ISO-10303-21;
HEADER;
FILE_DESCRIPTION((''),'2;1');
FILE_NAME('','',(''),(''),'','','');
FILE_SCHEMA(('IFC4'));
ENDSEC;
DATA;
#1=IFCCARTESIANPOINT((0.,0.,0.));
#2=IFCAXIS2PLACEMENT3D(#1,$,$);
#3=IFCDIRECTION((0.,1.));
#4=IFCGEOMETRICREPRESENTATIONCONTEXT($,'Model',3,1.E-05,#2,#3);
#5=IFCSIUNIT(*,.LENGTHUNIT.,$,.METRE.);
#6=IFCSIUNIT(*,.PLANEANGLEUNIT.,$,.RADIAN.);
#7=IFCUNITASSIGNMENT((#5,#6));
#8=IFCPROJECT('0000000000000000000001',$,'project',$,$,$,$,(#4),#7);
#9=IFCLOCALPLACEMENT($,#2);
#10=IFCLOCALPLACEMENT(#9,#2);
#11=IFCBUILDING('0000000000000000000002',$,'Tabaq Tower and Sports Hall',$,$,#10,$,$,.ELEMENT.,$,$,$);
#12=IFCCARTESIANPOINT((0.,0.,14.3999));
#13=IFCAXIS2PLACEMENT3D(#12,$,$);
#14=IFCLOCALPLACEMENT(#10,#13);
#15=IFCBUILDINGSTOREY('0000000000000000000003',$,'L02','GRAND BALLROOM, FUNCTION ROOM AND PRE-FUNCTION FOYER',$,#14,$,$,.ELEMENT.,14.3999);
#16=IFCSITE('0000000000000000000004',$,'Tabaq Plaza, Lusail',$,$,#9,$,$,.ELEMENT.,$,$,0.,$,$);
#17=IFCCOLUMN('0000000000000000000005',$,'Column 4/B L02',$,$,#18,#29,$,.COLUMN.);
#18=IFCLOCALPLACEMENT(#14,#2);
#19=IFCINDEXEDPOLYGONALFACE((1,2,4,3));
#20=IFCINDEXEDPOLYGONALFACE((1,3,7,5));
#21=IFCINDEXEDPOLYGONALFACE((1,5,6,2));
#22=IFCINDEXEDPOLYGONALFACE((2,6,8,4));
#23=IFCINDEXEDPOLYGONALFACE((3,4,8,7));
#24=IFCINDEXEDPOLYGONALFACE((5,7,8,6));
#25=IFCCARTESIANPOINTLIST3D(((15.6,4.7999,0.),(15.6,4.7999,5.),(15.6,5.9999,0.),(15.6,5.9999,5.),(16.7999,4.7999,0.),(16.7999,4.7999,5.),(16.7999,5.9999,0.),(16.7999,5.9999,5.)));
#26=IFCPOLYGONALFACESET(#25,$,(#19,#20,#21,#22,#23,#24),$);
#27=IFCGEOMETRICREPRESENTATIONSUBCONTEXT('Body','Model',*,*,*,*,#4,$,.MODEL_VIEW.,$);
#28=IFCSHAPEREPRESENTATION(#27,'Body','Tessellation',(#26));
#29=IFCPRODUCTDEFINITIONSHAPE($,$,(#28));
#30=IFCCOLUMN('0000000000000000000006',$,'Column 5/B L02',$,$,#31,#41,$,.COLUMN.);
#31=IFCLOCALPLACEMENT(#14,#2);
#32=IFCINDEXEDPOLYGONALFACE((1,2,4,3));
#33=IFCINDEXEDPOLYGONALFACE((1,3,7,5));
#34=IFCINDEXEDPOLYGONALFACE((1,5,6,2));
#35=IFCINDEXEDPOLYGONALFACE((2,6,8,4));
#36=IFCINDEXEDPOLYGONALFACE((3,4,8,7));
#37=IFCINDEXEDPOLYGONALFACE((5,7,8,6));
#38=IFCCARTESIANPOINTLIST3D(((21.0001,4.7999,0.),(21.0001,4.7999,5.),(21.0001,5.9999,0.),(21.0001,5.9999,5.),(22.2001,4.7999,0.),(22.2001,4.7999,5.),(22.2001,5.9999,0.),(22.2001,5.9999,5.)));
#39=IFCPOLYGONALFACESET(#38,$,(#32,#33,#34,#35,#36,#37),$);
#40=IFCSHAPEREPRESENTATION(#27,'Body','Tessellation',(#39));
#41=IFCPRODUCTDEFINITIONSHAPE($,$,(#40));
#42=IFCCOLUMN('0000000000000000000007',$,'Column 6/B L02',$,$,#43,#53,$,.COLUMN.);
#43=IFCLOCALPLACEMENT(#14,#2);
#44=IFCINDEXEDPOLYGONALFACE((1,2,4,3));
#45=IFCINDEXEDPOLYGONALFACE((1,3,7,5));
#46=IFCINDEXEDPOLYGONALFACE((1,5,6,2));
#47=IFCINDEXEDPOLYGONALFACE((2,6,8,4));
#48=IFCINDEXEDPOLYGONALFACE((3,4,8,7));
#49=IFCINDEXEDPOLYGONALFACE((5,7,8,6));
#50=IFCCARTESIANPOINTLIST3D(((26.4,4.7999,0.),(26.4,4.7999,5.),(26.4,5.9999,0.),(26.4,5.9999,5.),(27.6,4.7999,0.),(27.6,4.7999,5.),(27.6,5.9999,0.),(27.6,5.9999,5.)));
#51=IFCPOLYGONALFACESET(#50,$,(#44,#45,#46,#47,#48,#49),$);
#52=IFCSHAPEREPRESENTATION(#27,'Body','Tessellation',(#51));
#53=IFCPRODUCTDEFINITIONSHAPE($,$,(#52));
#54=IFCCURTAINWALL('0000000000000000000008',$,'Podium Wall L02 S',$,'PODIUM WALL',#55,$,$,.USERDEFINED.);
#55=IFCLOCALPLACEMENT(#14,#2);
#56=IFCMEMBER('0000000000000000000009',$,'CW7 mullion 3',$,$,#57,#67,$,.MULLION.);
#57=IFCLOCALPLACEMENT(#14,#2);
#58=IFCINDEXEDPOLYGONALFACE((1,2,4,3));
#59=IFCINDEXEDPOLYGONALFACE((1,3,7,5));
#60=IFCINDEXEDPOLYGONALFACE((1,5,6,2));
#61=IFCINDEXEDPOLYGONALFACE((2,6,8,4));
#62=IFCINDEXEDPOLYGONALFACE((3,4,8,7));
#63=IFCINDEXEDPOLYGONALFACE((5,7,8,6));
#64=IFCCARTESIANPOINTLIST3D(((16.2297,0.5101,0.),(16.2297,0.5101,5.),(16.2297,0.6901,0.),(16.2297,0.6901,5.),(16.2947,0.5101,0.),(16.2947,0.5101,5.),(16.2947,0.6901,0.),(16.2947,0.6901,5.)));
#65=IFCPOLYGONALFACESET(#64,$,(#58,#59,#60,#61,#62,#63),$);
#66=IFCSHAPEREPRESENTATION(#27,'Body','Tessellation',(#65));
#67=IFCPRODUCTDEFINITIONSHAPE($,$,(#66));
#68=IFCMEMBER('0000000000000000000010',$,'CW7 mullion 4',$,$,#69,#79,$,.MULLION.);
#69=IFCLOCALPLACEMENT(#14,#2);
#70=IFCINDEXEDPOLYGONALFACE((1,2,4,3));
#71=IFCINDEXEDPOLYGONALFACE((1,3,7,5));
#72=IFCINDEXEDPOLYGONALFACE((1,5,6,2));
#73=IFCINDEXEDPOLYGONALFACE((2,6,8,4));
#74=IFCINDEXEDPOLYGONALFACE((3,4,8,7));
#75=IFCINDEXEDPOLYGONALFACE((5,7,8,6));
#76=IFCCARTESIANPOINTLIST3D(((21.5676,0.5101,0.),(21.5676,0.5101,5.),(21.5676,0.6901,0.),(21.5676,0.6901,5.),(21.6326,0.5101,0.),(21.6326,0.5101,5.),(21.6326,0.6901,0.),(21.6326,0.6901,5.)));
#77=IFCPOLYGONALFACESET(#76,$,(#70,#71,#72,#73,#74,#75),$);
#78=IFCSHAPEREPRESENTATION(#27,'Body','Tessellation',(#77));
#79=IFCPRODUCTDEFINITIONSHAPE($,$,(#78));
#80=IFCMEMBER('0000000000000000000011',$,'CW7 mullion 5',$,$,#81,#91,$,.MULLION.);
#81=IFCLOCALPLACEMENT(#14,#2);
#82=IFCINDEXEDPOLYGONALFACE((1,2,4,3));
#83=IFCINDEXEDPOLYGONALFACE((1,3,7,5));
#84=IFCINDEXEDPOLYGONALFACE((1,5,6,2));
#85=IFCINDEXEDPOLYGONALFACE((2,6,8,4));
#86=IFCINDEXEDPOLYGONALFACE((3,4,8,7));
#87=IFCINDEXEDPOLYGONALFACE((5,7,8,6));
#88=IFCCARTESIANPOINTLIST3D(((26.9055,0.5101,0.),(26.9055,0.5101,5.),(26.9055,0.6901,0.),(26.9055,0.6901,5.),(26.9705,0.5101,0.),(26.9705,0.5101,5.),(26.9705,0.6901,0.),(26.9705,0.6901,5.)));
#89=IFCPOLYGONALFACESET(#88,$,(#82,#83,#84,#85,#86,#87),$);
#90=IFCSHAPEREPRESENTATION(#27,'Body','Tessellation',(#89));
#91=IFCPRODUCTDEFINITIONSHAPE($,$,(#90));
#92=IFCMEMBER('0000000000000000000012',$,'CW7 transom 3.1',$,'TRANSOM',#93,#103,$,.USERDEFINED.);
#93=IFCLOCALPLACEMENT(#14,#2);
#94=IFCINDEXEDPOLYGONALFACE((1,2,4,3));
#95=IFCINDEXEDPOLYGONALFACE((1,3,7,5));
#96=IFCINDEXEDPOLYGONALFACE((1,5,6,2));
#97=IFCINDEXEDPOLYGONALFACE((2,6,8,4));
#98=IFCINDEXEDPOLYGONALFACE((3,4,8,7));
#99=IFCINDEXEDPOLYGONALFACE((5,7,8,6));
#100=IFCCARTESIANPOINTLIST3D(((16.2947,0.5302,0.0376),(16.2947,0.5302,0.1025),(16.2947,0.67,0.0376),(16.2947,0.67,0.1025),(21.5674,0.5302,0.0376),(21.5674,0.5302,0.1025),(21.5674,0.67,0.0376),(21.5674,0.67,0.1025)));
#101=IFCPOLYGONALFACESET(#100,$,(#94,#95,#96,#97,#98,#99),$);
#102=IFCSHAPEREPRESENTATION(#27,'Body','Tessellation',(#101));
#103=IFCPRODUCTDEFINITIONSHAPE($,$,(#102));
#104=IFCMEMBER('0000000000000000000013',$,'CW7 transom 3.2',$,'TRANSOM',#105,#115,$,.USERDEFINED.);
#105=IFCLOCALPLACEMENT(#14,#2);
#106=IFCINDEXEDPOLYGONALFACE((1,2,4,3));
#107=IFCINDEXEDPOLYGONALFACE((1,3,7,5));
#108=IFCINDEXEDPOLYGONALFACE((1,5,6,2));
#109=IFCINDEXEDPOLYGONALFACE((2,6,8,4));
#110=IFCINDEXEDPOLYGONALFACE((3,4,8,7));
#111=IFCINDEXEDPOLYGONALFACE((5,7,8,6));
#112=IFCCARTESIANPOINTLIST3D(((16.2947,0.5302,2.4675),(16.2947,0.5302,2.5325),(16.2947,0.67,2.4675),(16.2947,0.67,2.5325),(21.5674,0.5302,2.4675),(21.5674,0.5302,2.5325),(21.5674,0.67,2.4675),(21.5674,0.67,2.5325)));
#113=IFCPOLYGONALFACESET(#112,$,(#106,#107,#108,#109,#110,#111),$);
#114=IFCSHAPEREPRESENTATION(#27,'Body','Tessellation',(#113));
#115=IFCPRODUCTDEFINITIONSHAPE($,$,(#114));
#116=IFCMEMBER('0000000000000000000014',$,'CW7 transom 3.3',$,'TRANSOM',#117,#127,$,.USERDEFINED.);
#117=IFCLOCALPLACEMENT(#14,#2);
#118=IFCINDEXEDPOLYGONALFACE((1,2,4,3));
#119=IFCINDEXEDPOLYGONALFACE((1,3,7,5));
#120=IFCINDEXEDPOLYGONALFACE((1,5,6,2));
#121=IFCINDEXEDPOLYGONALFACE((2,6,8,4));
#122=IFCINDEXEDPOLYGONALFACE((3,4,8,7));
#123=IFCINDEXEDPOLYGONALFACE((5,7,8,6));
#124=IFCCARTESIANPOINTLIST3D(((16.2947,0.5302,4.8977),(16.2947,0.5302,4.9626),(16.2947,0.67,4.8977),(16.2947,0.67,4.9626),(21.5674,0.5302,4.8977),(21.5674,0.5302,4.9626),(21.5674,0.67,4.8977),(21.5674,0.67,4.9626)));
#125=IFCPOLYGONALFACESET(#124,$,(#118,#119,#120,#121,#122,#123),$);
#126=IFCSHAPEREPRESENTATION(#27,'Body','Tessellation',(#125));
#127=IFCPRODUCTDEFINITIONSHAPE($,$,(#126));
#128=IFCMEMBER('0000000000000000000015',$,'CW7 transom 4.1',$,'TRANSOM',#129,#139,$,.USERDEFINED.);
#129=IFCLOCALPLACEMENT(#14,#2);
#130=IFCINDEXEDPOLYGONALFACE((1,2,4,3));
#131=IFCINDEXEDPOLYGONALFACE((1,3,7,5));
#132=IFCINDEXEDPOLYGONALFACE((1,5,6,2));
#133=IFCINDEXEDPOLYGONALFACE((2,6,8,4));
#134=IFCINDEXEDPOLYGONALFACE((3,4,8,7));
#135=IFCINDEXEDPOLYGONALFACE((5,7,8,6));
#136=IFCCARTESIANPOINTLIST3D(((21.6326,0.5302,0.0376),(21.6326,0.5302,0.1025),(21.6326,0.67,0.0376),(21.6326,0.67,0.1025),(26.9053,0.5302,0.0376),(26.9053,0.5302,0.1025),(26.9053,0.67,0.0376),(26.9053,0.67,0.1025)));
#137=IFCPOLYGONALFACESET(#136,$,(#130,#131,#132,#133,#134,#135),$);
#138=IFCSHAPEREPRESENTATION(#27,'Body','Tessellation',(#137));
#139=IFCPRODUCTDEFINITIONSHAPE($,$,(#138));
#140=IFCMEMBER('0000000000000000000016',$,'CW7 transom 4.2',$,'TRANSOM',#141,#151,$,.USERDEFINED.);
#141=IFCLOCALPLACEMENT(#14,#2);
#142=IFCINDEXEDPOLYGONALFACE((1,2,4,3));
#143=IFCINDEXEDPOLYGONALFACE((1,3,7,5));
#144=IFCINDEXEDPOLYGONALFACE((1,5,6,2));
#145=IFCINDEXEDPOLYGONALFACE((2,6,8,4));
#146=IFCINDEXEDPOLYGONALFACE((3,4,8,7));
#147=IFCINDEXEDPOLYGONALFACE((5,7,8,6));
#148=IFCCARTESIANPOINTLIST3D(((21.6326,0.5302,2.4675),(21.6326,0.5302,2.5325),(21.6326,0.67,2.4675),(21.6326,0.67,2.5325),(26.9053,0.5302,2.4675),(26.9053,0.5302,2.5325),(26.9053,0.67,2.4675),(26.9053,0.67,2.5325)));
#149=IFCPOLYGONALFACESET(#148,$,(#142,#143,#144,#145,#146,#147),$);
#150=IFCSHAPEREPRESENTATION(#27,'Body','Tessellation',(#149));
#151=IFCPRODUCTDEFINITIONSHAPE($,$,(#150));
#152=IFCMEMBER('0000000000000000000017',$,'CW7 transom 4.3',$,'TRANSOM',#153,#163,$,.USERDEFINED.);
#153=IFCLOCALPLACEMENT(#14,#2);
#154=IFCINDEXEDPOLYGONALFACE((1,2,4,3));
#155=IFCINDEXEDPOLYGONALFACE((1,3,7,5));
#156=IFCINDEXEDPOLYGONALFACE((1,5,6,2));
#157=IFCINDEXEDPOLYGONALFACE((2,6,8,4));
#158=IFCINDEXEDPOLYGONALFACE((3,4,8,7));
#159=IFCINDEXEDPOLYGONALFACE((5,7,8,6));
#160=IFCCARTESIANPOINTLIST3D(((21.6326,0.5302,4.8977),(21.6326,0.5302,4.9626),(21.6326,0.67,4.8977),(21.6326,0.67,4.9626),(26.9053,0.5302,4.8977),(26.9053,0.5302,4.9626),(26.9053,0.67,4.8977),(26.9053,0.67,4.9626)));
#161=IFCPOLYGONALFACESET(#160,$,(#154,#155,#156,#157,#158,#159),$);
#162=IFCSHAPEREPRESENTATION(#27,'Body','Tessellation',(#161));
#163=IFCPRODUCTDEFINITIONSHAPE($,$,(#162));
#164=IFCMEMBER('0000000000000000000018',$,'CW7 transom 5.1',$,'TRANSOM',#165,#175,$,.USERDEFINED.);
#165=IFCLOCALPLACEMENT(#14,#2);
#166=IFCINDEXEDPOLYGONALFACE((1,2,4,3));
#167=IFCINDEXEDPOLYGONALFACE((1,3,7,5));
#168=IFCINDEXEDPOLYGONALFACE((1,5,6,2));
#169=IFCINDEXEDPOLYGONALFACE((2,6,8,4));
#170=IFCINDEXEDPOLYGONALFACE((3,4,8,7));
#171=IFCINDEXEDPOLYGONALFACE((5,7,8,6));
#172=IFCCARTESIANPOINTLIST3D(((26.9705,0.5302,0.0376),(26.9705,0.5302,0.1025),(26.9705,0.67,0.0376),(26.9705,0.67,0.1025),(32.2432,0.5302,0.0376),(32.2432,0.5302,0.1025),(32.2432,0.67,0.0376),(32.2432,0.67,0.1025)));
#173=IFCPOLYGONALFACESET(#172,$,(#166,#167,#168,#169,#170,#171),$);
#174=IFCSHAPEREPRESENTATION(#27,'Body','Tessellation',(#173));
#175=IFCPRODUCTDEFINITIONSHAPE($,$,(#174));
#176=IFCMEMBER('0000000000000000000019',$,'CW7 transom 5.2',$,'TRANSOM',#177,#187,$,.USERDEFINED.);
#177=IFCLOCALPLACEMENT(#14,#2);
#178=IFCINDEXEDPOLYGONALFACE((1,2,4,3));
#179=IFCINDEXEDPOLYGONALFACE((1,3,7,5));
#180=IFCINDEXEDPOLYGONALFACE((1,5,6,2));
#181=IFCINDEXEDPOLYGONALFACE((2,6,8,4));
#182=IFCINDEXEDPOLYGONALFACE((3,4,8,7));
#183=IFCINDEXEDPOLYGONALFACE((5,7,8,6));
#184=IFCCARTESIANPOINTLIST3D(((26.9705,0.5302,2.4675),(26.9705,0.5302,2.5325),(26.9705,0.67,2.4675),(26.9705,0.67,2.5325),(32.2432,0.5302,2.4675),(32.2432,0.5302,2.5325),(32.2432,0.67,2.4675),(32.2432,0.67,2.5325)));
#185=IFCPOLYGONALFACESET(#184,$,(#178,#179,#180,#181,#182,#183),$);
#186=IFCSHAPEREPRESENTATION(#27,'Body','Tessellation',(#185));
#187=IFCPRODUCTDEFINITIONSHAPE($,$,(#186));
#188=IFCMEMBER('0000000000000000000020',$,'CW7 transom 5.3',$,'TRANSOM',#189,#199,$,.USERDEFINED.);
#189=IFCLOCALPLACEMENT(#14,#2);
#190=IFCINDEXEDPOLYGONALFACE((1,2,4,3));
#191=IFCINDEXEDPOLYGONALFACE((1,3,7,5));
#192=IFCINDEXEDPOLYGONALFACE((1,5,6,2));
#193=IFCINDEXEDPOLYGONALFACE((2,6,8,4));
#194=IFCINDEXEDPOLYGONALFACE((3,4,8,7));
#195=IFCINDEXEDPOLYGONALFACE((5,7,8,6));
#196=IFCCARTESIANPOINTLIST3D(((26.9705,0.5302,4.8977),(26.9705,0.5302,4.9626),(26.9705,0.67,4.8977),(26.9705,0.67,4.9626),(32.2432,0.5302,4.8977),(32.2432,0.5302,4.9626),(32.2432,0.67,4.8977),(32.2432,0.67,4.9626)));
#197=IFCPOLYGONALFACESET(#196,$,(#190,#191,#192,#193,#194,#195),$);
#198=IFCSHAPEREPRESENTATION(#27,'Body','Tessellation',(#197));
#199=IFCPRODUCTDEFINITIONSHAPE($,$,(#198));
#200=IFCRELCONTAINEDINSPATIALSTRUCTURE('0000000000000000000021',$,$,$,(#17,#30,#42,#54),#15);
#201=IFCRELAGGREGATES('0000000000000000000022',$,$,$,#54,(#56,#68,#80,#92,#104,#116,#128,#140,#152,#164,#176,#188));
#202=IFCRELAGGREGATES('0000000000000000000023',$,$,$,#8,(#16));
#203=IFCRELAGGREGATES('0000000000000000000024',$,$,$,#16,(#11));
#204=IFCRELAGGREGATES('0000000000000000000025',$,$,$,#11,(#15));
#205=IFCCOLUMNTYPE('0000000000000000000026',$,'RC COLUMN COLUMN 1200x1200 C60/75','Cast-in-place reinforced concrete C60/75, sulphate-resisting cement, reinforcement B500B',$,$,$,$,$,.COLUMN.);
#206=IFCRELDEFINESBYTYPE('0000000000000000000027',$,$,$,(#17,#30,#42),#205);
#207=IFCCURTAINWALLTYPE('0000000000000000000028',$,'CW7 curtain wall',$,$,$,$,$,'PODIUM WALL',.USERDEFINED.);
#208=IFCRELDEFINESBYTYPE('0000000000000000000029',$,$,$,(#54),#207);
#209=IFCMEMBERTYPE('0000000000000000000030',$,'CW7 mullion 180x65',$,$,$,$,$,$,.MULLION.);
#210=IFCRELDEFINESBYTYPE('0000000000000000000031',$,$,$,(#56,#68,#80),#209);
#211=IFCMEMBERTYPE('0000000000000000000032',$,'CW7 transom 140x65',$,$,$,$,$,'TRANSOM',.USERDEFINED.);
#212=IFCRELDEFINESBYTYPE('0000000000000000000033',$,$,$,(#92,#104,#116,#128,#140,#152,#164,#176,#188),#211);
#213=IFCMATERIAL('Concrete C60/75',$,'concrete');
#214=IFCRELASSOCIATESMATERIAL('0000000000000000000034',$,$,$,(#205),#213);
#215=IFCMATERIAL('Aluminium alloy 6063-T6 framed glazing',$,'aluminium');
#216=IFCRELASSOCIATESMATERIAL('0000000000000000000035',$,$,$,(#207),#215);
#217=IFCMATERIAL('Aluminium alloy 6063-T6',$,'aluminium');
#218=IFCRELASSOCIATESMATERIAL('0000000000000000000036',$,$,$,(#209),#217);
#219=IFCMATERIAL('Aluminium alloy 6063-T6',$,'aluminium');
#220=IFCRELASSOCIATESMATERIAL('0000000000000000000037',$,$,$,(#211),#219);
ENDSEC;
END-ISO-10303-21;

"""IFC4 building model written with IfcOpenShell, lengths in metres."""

from ifc_helpers import new_model, si_unit, direction, frame, origin, origin_2d, place, context, subcontext, project, spatial, rectangle, extrude, material, material_profile, profile_set, type_object, element, aggregate, save


model = new_model("IFC4")

# Units and contexts
model_context = context("Model", 3, precision=1e-05, world=origin(), true_north=direction((0.0, 1.0)))
body_context = subcontext(model_context, "Body", "Model", "MODEL_VIEW")
ifc_project = project(units=[si_unit("LENGTHUNIT", "METRE"), si_unit("PLANEANGLEUNIT", "RADIAN")], contexts=[model_context])

# Site, building, storey
site_placement = place(None, origin())
site = spatial("IfcSite", under=ifc_project, at=site_placement, Name="Tabaq Plaza, Lusail", CompositionType="ELEMENT", RefElevation=0.0)
building_placement = place(site_placement, origin())
building = spatial("IfcBuilding", under=site, at=building_placement, Name="Tabaq Tower and Sports Hall", CompositionType="ELEMENT")
storey_placement = place(building_placement, frame((0.0, 0.0, 14.3999)))
storey = spatial("IfcBuildingStorey", under=building, at=storey_placement, Name="L02", Description="GRAND BALLROOM, FUNCTION ROOM AND PRE-FUNCTION FOYER", CompositionType="ELEMENT", Elevation=14.3999)

# Columns
ifc_material_1 = material(Name="Concrete C60/75", Category="concrete")
ifc_material_profile_1 = material_profile(ifc_material_1, rectangle(XDim=1.2, YDim=1.2, at=origin_2d()), Name="COLUMN 1200x1200")
ifc_profile_set_1 = profile_set([ifc_material_profile_1], Name="Concrete C60/75")
column_type = type_object("IfcColumnType", Name="RC COLUMN COLUMN 1200x1200 C60/75", Description="Cast-in-place reinforced concrete C60/75, sulphate-resisting cement, reinforcement B500B", PredefinedType="COLUMN", material=ifc_profile_set_1)
for number, where, z_axis, x_axis, name in (
    (1, (16.2, 5.3999, 0.0), (0.0, 0.0, 1.0), (1.0, 0.0, 0.0), "Column 4/B L02"),
    (2, (21.6001, 5.3999, 0.0), (0.0, 0.0, 1.0), (1.0, 0.0, 0.0), "Column 5/B L02"),
    (3, (27.0, 5.3999, 0.0), (0.0, 0.0, 1.0), (1.0, 0.0, 0.0), "Column 6/B L02"),
):
    element("IfcColumn", number, at=place(storey_placement, frame(where, z_axis=z_axis, x_axis=x_axis)), inside=storey, type_object=column_type, Name=name, PredefinedType="COLUMN", context=body_context, shape_type="SweptSolid", body=[
        extrude(rectangle(XDim=1.2, YDim=1.2, at=origin_2d()), origin(), (0.0, 0.0, 1.0), 5.0),
    ])

# Curtain wall, members
ifc_material_2 = material(Name="Aluminium alloy 6063-T6 framed glazing", Category="aluminium")
curtain_wall_type = type_object("IfcCurtainWallType", Name="CW7 curtain wall", ElementType="PODIUM WALL", PredefinedType="USERDEFINED", material=ifc_material_2)
curtain_wall_placement = place(storey_placement, origin())
curtain_wall = element("IfcCurtainWall", 4, at=curtain_wall_placement, inside=storey, type_object=curtain_wall_type, Name="Podium Wall L02 S", ObjectType="PODIUM WALL", PredefinedType="USERDEFINED")
ifc_material_3 = material(Name="Aluminium alloy 6063-T6", Category="aluminium")
ifc_material_profile_2 = material_profile(ifc_material_3, rectangle(XDim=0.1799, YDim=0.0649, at=origin_2d()), Name="MULLION 180x65")
ifc_profile_set_2 = profile_set([ifc_material_profile_2], Name="Aluminium alloy 6063-T6")
member_type_1 = type_object("IfcMemberType", Name="CW7 mullion 180x65", PredefinedType="MULLION", material=ifc_profile_set_2)
member_1_placement = place(storey_placement, frame((16.2622, 0.6001, 0.0), z_axis=(0.0, 0.0, 1.0), x_axis=(0.0, 1.0, 0.0)))
member_1 = element("IfcMember", 5, at=member_1_placement, type_object=member_type_1, Name="CW7 mullion 3", PredefinedType="MULLION", context=body_context, shape_type="SweptSolid", body=[
    extrude(rectangle(XDim=0.1799, YDim=0.0649, at=origin_2d()), origin(), (0.0, 0.0, 1.0), 5.0),
])
member_2_placement = place(storey_placement, frame((21.6001, 0.6001, 0.0), z_axis=(0.0, 0.0, 1.0), x_axis=(0.0, 1.0, 0.0)))
member_2 = element("IfcMember", 6, at=member_2_placement, type_object=member_type_1, Name="CW7 mullion 4", PredefinedType="MULLION", context=body_context, shape_type="SweptSolid", body=[
    extrude(rectangle(XDim=0.1799, YDim=0.0649, at=origin_2d()), origin(), (0.0, 0.0, 1.0), 5.0),
])
member_3_placement = place(storey_placement, frame((26.938, 0.6001, 0.0), z_axis=(0.0, 0.0, 1.0), x_axis=(0.0, 1.0, 0.0)))
member_3 = element("IfcMember", 7, at=member_3_placement, type_object=member_type_1, Name="CW7 mullion 5", PredefinedType="MULLION", context=body_context, shape_type="SweptSolid", body=[
    extrude(rectangle(XDim=0.1799, YDim=0.0649, at=origin_2d()), origin(), (0.0, 0.0, 1.0), 5.0),
])
ifc_material_4 = material(Name="Aluminium alloy 6063-T6", Category="aluminium")
ifc_material_profile_3 = material_profile(ifc_material_4, rectangle(XDim=0.1399, YDim=0.0649, at=origin_2d()), Name="TRANSOM 140x65")
ifc_profile_set_3 = profile_set([ifc_material_profile_3], Name="Aluminium alloy 6063-T6")
member_type_2 = type_object("IfcMemberType", Name="CW7 transom 140x65", ElementType="TRANSOM", PredefinedType="USERDEFINED", material=ifc_profile_set_3)
member_4_placement = place(storey_placement, frame((16.2947, 0.6001, 0.0701), z_axis=(1.0, 0.0, 0.0), x_axis=(0.0, 1.0, 0.0)))
member_4 = element("IfcMember", 8, at=member_4_placement, type_object=member_type_2, Name="CW7 transom 3.1", ObjectType="TRANSOM", PredefinedType="USERDEFINED", context=body_context, shape_type="SweptSolid", body=[
    extrude(rectangle(XDim=0.1399, YDim=0.0649, at=origin_2d()), origin(), (0.0, 0.0, 1.0), 5.2727),
])
member_5_placement = place(storey_placement, frame((16.2947, 0.6001, 2.5), z_axis=(1.0, 0.0, 0.0), x_axis=(0.0, 1.0, 0.0)))
member_5 = element("IfcMember", 9, at=member_5_placement, type_object=member_type_2, Name="CW7 transom 3.2", ObjectType="TRANSOM", PredefinedType="USERDEFINED", context=body_context, shape_type="SweptSolid", body=[
    extrude(rectangle(XDim=0.1399, YDim=0.0649, at=origin_2d()), origin(), (0.0, 0.0, 1.0), 5.2727),
])
member_6_placement = place(storey_placement, frame((16.2947, 0.6001, 4.9302), z_axis=(1.0, 0.0, 0.0), x_axis=(0.0, 1.0, 0.0)))
member_6 = element("IfcMember", 10, at=member_6_placement, type_object=member_type_2, Name="CW7 transom 3.3", ObjectType="TRANSOM", PredefinedType="USERDEFINED", context=body_context, shape_type="SweptSolid", body=[
    extrude(rectangle(XDim=0.1399, YDim=0.0649, at=origin_2d()), origin(), (0.0, 0.0, 1.0), 5.2727),
])
member_7_placement = place(storey_placement, frame((21.6326, 0.6001, 0.0701), z_axis=(1.0, 0.0, 0.0), x_axis=(0.0, 1.0, 0.0)))
member_7 = element("IfcMember", 11, at=member_7_placement, type_object=member_type_2, Name="CW7 transom 4.1", ObjectType="TRANSOM", PredefinedType="USERDEFINED", context=body_context, shape_type="SweptSolid", body=[
    extrude(rectangle(XDim=0.1399, YDim=0.0649, at=origin_2d()), origin(), (0.0, 0.0, 1.0), 5.2727),
])
member_8_placement = place(storey_placement, frame((21.6326, 0.6001, 2.5), z_axis=(1.0, 0.0, 0.0), x_axis=(0.0, 1.0, 0.0)))
member_8 = element("IfcMember", 12, at=member_8_placement, type_object=member_type_2, Name="CW7 transom 4.2", ObjectType="TRANSOM", PredefinedType="USERDEFINED", context=body_context, shape_type="SweptSolid", body=[
    extrude(rectangle(XDim=0.1399, YDim=0.0649, at=origin_2d()), origin(), (0.0, 0.0, 1.0), 5.2727),
])
member_9_placement = place(storey_placement, frame((21.6326, 0.6001, 4.9302), z_axis=(1.0, 0.0, 0.0), x_axis=(0.0, 1.0, 0.0)))
member_9 = element("IfcMember", 13, at=member_9_placement, type_object=member_type_2, Name="CW7 transom 4.3", ObjectType="TRANSOM", PredefinedType="USERDEFINED", context=body_context, shape_type="SweptSolid", body=[
    extrude(rectangle(XDim=0.1399, YDim=0.0649, at=origin_2d()), origin(), (0.0, 0.0, 1.0), 5.2727),
])
member_10_placement = place(storey_placement, frame((26.9705, 0.6001, 0.0701), z_axis=(1.0, 0.0, 0.0), x_axis=(0.0, 1.0, 0.0)))
member_10 = element("IfcMember", 14, at=member_10_placement, type_object=member_type_2, Name="CW7 transom 5.1", ObjectType="TRANSOM", PredefinedType="USERDEFINED", context=body_context, shape_type="SweptSolid", body=[
    extrude(rectangle(XDim=0.1399, YDim=0.0649, at=origin_2d()), origin(), (0.0, 0.0, 1.0), 5.2727),
])
member_11_placement = place(storey_placement, frame((26.9705, 0.6001, 2.5), z_axis=(1.0, 0.0, 0.0), x_axis=(0.0, 1.0, 0.0)))
member_11 = element("IfcMember", 15, at=member_11_placement, type_object=member_type_2, Name="CW7 transom 5.2", ObjectType="TRANSOM", PredefinedType="USERDEFINED", context=body_context, shape_type="SweptSolid", body=[
    extrude(rectangle(XDim=0.1399, YDim=0.0649, at=origin_2d()), origin(), (0.0, 0.0, 1.0), 5.2727),
])
member_12_placement = place(storey_placement, frame((26.9705, 0.6001, 4.9302), z_axis=(1.0, 0.0, 0.0), x_axis=(0.0, 1.0, 0.0)))
member_12 = element("IfcMember", 16, at=member_12_placement, type_object=member_type_2, Name="CW7 transom 5.3", ObjectType="TRANSOM", PredefinedType="USERDEFINED", context=body_context, shape_type="SweptSolid", body=[
    extrude(rectangle(XDim=0.1399, YDim=0.0649, at=origin_2d()), origin(), (0.0, 0.0, 1.0), 5.2727),
])

aggregate(curtain_wall, [member_1, member_2, member_3, member_4, member_5, member_6, member_7, member_8, member_9, member_10, member_11, member_12])

save(model, "model.ifc")
